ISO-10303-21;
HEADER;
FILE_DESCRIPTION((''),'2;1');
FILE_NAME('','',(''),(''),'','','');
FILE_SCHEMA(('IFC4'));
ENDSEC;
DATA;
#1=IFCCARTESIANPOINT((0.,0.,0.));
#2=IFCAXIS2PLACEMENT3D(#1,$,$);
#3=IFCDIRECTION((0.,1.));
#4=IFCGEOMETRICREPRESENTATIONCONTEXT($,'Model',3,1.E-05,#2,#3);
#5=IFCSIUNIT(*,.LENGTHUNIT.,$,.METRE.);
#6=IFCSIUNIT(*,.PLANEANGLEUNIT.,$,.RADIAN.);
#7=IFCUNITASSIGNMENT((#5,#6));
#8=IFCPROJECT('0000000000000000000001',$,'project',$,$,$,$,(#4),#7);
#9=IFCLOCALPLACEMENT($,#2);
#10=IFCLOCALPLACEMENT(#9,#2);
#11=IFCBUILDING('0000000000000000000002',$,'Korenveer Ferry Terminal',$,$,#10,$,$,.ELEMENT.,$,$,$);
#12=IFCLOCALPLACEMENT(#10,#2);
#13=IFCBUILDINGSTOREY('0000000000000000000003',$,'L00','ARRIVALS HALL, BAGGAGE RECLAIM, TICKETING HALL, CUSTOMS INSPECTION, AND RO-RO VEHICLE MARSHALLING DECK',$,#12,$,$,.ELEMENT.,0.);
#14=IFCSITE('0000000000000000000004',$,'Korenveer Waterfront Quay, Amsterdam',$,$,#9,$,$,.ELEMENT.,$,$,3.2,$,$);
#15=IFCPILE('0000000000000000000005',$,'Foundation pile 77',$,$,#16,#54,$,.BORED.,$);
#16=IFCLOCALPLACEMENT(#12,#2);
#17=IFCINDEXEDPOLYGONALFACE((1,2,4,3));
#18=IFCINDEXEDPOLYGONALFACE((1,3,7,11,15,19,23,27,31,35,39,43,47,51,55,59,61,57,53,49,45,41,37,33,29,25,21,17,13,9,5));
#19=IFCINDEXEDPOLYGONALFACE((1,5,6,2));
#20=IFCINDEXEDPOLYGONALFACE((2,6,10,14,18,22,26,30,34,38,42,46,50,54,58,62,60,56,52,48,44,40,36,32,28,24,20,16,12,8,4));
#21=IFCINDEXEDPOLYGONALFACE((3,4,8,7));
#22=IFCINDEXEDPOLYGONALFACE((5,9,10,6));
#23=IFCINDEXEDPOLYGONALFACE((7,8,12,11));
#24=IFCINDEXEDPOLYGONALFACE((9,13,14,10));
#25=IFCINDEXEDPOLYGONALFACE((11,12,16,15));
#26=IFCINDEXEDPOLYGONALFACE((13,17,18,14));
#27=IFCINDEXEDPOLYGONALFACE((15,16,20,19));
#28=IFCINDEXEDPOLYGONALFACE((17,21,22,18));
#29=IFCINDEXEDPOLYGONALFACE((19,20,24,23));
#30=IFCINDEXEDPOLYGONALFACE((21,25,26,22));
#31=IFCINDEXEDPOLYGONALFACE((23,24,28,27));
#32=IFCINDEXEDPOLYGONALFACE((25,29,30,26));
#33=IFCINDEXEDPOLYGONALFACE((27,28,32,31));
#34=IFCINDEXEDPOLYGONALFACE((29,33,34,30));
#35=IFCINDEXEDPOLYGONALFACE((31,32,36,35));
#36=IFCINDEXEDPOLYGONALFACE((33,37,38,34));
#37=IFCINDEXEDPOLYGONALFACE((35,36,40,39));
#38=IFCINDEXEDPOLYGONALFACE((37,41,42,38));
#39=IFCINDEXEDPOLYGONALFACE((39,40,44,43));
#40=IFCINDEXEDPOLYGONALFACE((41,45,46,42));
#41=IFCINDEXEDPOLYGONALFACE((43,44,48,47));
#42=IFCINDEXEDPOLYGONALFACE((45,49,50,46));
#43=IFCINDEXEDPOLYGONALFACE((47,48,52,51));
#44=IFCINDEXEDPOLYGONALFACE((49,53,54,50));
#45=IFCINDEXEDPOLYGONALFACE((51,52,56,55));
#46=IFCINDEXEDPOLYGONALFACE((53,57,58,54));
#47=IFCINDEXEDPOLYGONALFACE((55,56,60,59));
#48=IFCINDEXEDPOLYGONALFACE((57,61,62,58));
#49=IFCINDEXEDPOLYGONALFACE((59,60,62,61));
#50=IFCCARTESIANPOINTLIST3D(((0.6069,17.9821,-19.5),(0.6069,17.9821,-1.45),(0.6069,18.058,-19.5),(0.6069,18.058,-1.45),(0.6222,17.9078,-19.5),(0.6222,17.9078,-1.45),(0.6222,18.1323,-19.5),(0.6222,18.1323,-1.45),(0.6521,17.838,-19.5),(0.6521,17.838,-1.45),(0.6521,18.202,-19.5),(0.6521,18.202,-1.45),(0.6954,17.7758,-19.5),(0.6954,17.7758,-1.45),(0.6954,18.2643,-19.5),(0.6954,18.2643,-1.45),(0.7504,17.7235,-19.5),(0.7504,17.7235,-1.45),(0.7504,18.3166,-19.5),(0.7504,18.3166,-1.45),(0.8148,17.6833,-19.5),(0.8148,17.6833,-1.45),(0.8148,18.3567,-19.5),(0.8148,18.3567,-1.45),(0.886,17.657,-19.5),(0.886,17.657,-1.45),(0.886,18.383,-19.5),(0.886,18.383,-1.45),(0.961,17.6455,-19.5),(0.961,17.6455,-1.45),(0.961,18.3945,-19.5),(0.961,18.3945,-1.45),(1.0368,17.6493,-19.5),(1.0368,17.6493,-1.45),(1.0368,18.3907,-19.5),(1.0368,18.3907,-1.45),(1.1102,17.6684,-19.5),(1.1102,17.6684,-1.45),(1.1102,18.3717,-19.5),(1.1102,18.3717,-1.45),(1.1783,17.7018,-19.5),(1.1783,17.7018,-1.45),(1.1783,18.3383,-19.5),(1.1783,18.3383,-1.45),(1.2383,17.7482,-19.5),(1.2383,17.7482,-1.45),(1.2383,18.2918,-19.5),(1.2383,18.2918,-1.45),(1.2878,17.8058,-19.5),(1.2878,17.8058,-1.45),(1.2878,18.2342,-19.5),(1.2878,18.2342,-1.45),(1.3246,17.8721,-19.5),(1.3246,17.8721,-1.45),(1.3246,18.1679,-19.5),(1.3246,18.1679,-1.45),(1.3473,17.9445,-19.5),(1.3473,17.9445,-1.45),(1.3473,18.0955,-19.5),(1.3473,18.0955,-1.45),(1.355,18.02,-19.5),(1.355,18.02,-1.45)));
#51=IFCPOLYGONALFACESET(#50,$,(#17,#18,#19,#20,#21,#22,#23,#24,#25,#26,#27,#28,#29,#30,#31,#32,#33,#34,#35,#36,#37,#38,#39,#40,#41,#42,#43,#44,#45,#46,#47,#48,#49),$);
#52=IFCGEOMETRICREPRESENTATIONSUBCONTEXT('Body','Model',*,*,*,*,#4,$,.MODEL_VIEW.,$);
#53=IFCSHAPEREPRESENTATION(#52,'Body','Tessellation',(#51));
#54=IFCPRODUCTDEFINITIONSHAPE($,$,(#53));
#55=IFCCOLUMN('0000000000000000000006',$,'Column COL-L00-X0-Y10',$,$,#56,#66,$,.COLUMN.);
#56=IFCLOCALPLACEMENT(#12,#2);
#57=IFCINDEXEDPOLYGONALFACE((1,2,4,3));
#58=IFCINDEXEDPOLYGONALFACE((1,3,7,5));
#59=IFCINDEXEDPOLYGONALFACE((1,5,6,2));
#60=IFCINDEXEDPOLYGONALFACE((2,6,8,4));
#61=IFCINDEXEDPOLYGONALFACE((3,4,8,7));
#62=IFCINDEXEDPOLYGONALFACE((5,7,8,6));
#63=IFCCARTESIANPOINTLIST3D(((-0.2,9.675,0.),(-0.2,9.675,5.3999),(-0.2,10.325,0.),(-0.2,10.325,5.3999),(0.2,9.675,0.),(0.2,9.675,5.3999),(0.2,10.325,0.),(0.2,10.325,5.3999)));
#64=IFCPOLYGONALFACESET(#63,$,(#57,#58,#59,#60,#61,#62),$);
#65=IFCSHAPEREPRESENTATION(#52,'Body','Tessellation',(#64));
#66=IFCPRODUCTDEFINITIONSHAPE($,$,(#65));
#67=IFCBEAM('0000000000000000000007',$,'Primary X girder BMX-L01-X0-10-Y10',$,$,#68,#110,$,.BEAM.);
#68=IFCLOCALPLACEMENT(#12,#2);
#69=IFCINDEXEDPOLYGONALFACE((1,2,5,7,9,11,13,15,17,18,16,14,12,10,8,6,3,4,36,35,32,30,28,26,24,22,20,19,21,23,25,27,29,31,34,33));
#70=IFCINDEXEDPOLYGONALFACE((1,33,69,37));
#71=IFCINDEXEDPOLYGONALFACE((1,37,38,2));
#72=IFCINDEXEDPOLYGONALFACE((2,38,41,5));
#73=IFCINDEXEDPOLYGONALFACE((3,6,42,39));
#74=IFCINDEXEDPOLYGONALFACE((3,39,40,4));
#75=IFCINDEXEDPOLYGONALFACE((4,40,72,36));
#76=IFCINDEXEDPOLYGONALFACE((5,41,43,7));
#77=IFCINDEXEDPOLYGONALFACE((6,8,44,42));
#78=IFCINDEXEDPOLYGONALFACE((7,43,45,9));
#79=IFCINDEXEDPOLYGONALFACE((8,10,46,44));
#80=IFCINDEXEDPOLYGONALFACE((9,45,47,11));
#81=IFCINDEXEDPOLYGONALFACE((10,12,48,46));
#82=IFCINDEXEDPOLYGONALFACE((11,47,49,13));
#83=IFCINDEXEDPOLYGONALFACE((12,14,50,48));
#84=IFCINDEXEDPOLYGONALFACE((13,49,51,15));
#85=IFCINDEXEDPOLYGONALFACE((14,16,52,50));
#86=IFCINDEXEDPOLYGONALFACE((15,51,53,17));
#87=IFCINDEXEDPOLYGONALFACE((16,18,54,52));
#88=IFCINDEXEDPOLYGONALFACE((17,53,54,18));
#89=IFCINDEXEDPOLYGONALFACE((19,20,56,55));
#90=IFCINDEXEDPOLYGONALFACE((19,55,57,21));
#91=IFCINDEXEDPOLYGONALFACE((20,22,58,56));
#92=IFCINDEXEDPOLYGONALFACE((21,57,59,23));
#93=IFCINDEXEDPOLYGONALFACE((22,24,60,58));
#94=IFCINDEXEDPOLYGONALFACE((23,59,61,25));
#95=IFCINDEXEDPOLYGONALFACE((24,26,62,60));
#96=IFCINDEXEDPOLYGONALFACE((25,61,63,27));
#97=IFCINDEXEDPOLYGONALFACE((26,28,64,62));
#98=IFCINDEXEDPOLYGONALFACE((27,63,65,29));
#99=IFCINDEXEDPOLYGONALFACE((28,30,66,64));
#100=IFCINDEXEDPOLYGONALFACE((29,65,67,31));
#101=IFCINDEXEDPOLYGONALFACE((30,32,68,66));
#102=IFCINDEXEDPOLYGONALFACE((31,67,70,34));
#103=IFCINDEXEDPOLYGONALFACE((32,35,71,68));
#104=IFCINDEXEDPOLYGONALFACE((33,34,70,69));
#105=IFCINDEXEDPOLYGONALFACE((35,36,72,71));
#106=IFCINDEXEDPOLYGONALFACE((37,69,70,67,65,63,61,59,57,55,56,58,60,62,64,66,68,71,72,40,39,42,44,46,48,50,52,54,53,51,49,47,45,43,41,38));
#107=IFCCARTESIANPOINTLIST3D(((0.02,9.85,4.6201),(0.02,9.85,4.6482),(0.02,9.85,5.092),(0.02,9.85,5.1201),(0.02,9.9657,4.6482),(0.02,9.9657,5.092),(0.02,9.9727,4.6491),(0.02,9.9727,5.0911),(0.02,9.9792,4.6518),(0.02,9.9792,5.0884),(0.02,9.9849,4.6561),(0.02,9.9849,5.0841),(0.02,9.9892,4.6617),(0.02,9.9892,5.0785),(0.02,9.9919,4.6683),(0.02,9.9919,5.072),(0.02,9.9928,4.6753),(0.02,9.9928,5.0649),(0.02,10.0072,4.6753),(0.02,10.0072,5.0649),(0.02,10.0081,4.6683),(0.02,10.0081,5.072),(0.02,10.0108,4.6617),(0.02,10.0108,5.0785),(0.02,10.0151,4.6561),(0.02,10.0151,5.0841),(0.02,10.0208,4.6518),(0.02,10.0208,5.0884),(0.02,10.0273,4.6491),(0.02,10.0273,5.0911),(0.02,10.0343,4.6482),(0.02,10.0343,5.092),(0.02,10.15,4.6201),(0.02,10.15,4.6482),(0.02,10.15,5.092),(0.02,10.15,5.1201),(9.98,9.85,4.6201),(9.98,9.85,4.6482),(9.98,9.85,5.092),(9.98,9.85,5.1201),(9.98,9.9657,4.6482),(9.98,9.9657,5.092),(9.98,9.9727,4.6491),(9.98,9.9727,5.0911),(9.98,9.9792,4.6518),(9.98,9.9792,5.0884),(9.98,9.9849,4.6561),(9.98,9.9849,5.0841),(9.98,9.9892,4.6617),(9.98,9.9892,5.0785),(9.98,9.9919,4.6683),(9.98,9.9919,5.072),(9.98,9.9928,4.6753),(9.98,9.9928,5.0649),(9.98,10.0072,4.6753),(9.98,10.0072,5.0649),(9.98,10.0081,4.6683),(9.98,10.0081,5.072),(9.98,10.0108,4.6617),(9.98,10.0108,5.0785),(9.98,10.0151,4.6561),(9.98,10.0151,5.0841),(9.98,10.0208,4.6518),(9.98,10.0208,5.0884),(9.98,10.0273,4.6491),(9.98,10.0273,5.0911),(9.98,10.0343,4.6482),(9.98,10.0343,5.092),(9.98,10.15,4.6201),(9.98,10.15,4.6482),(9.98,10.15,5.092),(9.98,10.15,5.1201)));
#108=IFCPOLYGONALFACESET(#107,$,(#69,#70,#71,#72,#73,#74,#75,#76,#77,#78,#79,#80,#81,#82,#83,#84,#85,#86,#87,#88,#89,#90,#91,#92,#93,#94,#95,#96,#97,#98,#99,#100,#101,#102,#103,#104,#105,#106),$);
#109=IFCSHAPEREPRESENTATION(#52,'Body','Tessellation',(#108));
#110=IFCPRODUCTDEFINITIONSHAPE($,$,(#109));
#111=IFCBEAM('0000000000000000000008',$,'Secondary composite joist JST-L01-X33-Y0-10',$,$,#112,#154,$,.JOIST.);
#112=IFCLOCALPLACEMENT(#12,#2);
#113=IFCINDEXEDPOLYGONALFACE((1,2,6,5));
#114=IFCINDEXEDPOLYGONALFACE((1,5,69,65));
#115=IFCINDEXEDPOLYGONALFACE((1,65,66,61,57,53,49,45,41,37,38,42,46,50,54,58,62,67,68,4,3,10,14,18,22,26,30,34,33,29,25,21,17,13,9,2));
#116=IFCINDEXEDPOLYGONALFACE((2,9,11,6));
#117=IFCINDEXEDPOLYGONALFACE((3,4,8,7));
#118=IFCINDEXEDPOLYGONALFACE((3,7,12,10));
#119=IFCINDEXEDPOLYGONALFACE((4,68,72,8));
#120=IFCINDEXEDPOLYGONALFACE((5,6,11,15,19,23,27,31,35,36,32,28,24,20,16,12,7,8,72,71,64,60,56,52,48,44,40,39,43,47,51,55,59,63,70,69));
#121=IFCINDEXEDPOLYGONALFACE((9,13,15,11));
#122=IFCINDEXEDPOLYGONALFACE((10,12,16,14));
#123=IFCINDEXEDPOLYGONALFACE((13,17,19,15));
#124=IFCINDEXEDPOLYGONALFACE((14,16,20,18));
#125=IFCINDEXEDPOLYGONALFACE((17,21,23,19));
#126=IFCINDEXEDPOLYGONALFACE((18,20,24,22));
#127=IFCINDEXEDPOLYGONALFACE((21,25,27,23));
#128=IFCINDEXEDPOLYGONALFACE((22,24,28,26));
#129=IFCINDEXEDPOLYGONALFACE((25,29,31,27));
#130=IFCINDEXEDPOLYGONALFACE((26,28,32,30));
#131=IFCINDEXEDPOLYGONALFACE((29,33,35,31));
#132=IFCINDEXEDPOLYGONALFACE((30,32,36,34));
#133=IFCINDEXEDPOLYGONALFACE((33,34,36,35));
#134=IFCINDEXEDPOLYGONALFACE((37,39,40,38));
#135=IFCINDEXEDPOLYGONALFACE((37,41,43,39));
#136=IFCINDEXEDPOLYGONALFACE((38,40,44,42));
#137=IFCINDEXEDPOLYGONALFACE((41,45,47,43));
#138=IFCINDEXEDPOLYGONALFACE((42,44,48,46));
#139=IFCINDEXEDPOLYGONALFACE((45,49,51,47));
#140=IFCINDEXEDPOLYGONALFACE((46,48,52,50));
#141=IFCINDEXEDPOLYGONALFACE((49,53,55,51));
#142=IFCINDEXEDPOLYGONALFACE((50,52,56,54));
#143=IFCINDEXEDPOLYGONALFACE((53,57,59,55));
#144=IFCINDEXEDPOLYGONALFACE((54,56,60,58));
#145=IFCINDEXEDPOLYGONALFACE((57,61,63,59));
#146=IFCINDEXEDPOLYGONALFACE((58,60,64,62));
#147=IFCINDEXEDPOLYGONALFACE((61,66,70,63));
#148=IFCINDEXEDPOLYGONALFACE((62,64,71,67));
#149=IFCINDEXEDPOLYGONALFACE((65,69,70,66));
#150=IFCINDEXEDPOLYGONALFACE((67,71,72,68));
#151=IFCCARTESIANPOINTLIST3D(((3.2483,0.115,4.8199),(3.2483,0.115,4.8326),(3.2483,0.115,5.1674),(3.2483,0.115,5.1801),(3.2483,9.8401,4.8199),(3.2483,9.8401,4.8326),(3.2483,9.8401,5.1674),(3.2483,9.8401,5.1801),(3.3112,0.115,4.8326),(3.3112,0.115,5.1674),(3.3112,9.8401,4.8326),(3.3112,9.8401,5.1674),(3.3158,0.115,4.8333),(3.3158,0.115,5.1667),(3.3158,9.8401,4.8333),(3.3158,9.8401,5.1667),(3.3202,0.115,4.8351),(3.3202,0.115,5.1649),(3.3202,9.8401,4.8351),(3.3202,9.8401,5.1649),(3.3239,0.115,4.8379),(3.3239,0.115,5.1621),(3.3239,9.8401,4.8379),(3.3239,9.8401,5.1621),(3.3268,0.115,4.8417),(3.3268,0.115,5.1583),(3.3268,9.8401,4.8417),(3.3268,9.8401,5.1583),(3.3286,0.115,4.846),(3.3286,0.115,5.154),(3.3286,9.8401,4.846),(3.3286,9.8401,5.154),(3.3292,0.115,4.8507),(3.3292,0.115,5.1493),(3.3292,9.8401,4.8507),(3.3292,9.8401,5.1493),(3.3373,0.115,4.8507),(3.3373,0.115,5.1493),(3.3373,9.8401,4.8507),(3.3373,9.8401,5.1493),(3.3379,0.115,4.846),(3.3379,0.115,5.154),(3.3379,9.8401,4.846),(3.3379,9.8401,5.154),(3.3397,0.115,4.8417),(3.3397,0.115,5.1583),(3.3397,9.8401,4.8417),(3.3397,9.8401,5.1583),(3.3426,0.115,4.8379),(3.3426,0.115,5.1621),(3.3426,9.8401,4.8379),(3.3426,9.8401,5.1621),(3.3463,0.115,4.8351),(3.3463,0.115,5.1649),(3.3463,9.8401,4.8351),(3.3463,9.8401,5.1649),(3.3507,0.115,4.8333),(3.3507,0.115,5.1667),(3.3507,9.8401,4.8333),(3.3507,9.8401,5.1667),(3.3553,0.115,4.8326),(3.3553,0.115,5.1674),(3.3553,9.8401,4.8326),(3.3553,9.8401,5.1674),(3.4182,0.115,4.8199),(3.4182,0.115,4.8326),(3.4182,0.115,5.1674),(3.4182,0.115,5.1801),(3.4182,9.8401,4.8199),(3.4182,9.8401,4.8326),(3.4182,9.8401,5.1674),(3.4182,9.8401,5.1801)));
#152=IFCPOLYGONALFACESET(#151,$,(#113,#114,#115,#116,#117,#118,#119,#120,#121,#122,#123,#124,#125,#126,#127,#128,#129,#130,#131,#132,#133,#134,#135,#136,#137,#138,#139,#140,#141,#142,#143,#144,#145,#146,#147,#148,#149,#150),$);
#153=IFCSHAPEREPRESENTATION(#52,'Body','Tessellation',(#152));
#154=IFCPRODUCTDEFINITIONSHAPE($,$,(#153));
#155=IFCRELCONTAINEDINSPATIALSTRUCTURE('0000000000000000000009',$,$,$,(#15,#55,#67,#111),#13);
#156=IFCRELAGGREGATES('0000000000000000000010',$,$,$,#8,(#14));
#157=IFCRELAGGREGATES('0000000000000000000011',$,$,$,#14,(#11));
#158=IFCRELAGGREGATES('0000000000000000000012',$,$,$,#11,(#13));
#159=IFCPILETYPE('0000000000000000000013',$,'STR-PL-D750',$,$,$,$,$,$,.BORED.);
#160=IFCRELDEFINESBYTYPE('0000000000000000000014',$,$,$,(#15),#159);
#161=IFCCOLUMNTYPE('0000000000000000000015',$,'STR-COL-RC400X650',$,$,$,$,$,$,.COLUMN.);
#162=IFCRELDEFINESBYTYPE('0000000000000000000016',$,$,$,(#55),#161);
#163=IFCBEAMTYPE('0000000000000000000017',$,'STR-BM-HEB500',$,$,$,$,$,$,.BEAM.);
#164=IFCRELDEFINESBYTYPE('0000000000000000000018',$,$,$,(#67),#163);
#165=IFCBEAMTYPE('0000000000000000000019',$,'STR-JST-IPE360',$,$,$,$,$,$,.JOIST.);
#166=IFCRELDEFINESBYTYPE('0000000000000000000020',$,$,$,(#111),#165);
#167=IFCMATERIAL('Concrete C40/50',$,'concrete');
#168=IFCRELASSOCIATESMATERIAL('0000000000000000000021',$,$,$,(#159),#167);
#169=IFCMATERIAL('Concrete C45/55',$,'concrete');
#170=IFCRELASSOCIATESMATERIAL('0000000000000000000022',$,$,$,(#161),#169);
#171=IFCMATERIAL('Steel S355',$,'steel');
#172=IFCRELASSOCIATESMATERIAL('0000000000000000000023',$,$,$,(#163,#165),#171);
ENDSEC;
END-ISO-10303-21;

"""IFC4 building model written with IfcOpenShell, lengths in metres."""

from ifc_helpers import new_model, si_unit, direction, frame, origin, origin_2d, place, context, subcontext, project, spatial, rectangle, circle, i_section, extrude, material, material_profile, profile_set, type_object, element, save


model = new_model("IFC4")

# Units and contexts
model_context = context("Model", 3, precision=1e-05, world=origin(), true_north=direction((0.0, 1.0)))
body_context = subcontext(model_context, "Body", "Model", "MODEL_VIEW")
ifc_project = project(units=[si_unit("LENGTHUNIT", "METRE"), si_unit("PLANEANGLEUNIT", "RADIAN")], contexts=[model_context])

# Site, building, storey
site_placement = place(None, origin())
site = spatial("IfcSite", under=ifc_project, at=site_placement, Name="Korenveer Waterfront Quay, Amsterdam", CompositionType="ELEMENT", RefElevation=3.2)
building_placement = place(site_placement, origin())
building = spatial("IfcBuilding", under=site, at=building_placement, Name="Korenveer Ferry Terminal", CompositionType="ELEMENT")
storey_placement = place(building_placement, origin())
storey = spatial("IfcBuildingStorey", under=building, at=storey_placement, Name="L00", Description="ARRIVALS HALL, BAGGAGE RECLAIM, TICKETING HALL, CUSTOMS INSPECTION, AND RO-RO VEHICLE MARSHALLING DECK", CompositionType="ELEMENT", Elevation=0.0)

# Shared definitions
ifc_material_1 = material(Name="Concrete C40/50", Category="concrete")
ifc_material_2 = material(Name="Concrete C45/55", Category="concrete")

# Pile
ifc_material_profile_1 = material_profile(ifc_material_1, circle(Radius=0.375, at=origin_2d()), Name="PILE D750")
ifc_profile_set_1 = profile_set([ifc_material_profile_1], Name="Concrete C40/50")
pile_type = type_object("IfcPileType", Name="STR-PL-D750", PredefinedType="BORED", material=ifc_profile_set_1)
for number, where, z_axis, x_axis, name in (
    (1, (0.98, 18.02, -1.45), (0.0, 0.0, -1.0), (1.0, 0.0, 0.0), "Foundation pile 77"),
):
    element("IfcPile", number, at=place(storey_placement, frame(where, z_axis=z_axis, x_axis=x_axis)), inside=storey, type_object=pile_type, Name=name, PredefinedType="BORED", context=body_context, shape_type="SweptSolid", body=[
        extrude(circle(Radius=0.375, at=origin_2d()), origin(), (0.0, 0.0, 1.0), 18.05),
    ])

# Column
ifc_material_profile_2 = material_profile(ifc_material_2, rectangle(XDim=0.3999, YDim=0.6499, at=origin_2d()), Name="RC 400x650")
ifc_profile_set_2 = profile_set([ifc_material_profile_2], Name="Concrete C45/55")
column_type = type_object("IfcColumnType", Name="STR-COL-RC400X650", PredefinedType="COLUMN", material=ifc_profile_set_2)
column_placement = place(storey_placement, frame((0.0, 10.0, 0.0), z_axis=(0.0, 0.0, 1.0), x_axis=(1.0, 0.0, 0.0)))
element("IfcColumn", 2, at=column_placement, inside=storey, type_object=column_type, Name="Column COL-L00-X0-Y10", PredefinedType="COLUMN", context=body_context, shape_type="SweptSolid", body=[
    extrude(rectangle(XDim=0.3999, YDim=0.6499, at=origin_2d()), origin(), (0.0, 0.0, 1.0), 5.3999),
])

# Beams
ifc_material_3 = material(Name="Steel S355", Category="steel")
ifc_material_profile_3 = material_profile(ifc_material_3, i_section(OverallWidth=0.3, OverallDepth=0.5, WebThickness=0.0144, FlangeThickness=0.0281, FilletRadius=0.0271, at=origin_2d()), Name="HEB 500")
ifc_profile_set_3 = profile_set([ifc_material_profile_3], Name="Steel S355")
beam_type_1 = type_object("IfcBeamType", Name="STR-BM-HEB500", PredefinedType="BEAM", material=ifc_profile_set_3)
beam_placement = place(storey_placement, frame((0.02, 10.0, 4.8701), z_axis=(1.0, 0.0, 0.0), x_axis=(0.0, 1.0, 0.0)))
element("IfcBeam", 3, at=beam_placement, inside=storey, type_object=beam_type_1, Name="Primary X girder BMX-L01-X0-10-Y10", PredefinedType="BEAM", context=body_context, shape_type="SweptSolid", body=[
    extrude(i_section(OverallWidth=0.3, OverallDepth=0.5, WebThickness=0.0144, FlangeThickness=0.0281, FilletRadius=0.0271, at=origin_2d()), origin(), (0.0, 0.0, 1.0), 9.96),
])
ifc_material_profile_4 = material_profile(ifc_material_3, i_section(OverallWidth=0.1699, OverallDepth=0.3601, WebThickness=0.0081, FlangeThickness=0.0127, FilletRadius=0.0181, at=origin_2d()), Name="IPE 360")
ifc_profile_set_4 = profile_set([ifc_material_profile_4], Name="Steel S355")
beam_type_2 = type_object("IfcBeamType", Name="STR-JST-IPE360", PredefinedType="JOIST", material=ifc_profile_set_4)
for number, where, z_axis, x_axis, name in (
    (4, (3.3333, 0.115, 5.0), (0.0, 1.0, 0.0), (-1.0, 0.0, 0.0), "Secondary composite joist JST-L01-X33-Y0-10"),
):
    element("IfcBeam", number, at=place(storey_placement, frame(where, z_axis=z_axis, x_axis=x_axis)), inside=storey, type_object=beam_type_2, Name=name, PredefinedType="JOIST", context=body_context, shape_type="SweptSolid", body=[
        extrude(i_section(OverallWidth=0.1699, OverallDepth=0.3601, WebThickness=0.0081, FlangeThickness=0.0127, FilletRadius=0.0181, at=origin_2d()), origin(), (0.0, 0.0, 1.0), 9.7251),
    ])

save(model, "model.ifc")
